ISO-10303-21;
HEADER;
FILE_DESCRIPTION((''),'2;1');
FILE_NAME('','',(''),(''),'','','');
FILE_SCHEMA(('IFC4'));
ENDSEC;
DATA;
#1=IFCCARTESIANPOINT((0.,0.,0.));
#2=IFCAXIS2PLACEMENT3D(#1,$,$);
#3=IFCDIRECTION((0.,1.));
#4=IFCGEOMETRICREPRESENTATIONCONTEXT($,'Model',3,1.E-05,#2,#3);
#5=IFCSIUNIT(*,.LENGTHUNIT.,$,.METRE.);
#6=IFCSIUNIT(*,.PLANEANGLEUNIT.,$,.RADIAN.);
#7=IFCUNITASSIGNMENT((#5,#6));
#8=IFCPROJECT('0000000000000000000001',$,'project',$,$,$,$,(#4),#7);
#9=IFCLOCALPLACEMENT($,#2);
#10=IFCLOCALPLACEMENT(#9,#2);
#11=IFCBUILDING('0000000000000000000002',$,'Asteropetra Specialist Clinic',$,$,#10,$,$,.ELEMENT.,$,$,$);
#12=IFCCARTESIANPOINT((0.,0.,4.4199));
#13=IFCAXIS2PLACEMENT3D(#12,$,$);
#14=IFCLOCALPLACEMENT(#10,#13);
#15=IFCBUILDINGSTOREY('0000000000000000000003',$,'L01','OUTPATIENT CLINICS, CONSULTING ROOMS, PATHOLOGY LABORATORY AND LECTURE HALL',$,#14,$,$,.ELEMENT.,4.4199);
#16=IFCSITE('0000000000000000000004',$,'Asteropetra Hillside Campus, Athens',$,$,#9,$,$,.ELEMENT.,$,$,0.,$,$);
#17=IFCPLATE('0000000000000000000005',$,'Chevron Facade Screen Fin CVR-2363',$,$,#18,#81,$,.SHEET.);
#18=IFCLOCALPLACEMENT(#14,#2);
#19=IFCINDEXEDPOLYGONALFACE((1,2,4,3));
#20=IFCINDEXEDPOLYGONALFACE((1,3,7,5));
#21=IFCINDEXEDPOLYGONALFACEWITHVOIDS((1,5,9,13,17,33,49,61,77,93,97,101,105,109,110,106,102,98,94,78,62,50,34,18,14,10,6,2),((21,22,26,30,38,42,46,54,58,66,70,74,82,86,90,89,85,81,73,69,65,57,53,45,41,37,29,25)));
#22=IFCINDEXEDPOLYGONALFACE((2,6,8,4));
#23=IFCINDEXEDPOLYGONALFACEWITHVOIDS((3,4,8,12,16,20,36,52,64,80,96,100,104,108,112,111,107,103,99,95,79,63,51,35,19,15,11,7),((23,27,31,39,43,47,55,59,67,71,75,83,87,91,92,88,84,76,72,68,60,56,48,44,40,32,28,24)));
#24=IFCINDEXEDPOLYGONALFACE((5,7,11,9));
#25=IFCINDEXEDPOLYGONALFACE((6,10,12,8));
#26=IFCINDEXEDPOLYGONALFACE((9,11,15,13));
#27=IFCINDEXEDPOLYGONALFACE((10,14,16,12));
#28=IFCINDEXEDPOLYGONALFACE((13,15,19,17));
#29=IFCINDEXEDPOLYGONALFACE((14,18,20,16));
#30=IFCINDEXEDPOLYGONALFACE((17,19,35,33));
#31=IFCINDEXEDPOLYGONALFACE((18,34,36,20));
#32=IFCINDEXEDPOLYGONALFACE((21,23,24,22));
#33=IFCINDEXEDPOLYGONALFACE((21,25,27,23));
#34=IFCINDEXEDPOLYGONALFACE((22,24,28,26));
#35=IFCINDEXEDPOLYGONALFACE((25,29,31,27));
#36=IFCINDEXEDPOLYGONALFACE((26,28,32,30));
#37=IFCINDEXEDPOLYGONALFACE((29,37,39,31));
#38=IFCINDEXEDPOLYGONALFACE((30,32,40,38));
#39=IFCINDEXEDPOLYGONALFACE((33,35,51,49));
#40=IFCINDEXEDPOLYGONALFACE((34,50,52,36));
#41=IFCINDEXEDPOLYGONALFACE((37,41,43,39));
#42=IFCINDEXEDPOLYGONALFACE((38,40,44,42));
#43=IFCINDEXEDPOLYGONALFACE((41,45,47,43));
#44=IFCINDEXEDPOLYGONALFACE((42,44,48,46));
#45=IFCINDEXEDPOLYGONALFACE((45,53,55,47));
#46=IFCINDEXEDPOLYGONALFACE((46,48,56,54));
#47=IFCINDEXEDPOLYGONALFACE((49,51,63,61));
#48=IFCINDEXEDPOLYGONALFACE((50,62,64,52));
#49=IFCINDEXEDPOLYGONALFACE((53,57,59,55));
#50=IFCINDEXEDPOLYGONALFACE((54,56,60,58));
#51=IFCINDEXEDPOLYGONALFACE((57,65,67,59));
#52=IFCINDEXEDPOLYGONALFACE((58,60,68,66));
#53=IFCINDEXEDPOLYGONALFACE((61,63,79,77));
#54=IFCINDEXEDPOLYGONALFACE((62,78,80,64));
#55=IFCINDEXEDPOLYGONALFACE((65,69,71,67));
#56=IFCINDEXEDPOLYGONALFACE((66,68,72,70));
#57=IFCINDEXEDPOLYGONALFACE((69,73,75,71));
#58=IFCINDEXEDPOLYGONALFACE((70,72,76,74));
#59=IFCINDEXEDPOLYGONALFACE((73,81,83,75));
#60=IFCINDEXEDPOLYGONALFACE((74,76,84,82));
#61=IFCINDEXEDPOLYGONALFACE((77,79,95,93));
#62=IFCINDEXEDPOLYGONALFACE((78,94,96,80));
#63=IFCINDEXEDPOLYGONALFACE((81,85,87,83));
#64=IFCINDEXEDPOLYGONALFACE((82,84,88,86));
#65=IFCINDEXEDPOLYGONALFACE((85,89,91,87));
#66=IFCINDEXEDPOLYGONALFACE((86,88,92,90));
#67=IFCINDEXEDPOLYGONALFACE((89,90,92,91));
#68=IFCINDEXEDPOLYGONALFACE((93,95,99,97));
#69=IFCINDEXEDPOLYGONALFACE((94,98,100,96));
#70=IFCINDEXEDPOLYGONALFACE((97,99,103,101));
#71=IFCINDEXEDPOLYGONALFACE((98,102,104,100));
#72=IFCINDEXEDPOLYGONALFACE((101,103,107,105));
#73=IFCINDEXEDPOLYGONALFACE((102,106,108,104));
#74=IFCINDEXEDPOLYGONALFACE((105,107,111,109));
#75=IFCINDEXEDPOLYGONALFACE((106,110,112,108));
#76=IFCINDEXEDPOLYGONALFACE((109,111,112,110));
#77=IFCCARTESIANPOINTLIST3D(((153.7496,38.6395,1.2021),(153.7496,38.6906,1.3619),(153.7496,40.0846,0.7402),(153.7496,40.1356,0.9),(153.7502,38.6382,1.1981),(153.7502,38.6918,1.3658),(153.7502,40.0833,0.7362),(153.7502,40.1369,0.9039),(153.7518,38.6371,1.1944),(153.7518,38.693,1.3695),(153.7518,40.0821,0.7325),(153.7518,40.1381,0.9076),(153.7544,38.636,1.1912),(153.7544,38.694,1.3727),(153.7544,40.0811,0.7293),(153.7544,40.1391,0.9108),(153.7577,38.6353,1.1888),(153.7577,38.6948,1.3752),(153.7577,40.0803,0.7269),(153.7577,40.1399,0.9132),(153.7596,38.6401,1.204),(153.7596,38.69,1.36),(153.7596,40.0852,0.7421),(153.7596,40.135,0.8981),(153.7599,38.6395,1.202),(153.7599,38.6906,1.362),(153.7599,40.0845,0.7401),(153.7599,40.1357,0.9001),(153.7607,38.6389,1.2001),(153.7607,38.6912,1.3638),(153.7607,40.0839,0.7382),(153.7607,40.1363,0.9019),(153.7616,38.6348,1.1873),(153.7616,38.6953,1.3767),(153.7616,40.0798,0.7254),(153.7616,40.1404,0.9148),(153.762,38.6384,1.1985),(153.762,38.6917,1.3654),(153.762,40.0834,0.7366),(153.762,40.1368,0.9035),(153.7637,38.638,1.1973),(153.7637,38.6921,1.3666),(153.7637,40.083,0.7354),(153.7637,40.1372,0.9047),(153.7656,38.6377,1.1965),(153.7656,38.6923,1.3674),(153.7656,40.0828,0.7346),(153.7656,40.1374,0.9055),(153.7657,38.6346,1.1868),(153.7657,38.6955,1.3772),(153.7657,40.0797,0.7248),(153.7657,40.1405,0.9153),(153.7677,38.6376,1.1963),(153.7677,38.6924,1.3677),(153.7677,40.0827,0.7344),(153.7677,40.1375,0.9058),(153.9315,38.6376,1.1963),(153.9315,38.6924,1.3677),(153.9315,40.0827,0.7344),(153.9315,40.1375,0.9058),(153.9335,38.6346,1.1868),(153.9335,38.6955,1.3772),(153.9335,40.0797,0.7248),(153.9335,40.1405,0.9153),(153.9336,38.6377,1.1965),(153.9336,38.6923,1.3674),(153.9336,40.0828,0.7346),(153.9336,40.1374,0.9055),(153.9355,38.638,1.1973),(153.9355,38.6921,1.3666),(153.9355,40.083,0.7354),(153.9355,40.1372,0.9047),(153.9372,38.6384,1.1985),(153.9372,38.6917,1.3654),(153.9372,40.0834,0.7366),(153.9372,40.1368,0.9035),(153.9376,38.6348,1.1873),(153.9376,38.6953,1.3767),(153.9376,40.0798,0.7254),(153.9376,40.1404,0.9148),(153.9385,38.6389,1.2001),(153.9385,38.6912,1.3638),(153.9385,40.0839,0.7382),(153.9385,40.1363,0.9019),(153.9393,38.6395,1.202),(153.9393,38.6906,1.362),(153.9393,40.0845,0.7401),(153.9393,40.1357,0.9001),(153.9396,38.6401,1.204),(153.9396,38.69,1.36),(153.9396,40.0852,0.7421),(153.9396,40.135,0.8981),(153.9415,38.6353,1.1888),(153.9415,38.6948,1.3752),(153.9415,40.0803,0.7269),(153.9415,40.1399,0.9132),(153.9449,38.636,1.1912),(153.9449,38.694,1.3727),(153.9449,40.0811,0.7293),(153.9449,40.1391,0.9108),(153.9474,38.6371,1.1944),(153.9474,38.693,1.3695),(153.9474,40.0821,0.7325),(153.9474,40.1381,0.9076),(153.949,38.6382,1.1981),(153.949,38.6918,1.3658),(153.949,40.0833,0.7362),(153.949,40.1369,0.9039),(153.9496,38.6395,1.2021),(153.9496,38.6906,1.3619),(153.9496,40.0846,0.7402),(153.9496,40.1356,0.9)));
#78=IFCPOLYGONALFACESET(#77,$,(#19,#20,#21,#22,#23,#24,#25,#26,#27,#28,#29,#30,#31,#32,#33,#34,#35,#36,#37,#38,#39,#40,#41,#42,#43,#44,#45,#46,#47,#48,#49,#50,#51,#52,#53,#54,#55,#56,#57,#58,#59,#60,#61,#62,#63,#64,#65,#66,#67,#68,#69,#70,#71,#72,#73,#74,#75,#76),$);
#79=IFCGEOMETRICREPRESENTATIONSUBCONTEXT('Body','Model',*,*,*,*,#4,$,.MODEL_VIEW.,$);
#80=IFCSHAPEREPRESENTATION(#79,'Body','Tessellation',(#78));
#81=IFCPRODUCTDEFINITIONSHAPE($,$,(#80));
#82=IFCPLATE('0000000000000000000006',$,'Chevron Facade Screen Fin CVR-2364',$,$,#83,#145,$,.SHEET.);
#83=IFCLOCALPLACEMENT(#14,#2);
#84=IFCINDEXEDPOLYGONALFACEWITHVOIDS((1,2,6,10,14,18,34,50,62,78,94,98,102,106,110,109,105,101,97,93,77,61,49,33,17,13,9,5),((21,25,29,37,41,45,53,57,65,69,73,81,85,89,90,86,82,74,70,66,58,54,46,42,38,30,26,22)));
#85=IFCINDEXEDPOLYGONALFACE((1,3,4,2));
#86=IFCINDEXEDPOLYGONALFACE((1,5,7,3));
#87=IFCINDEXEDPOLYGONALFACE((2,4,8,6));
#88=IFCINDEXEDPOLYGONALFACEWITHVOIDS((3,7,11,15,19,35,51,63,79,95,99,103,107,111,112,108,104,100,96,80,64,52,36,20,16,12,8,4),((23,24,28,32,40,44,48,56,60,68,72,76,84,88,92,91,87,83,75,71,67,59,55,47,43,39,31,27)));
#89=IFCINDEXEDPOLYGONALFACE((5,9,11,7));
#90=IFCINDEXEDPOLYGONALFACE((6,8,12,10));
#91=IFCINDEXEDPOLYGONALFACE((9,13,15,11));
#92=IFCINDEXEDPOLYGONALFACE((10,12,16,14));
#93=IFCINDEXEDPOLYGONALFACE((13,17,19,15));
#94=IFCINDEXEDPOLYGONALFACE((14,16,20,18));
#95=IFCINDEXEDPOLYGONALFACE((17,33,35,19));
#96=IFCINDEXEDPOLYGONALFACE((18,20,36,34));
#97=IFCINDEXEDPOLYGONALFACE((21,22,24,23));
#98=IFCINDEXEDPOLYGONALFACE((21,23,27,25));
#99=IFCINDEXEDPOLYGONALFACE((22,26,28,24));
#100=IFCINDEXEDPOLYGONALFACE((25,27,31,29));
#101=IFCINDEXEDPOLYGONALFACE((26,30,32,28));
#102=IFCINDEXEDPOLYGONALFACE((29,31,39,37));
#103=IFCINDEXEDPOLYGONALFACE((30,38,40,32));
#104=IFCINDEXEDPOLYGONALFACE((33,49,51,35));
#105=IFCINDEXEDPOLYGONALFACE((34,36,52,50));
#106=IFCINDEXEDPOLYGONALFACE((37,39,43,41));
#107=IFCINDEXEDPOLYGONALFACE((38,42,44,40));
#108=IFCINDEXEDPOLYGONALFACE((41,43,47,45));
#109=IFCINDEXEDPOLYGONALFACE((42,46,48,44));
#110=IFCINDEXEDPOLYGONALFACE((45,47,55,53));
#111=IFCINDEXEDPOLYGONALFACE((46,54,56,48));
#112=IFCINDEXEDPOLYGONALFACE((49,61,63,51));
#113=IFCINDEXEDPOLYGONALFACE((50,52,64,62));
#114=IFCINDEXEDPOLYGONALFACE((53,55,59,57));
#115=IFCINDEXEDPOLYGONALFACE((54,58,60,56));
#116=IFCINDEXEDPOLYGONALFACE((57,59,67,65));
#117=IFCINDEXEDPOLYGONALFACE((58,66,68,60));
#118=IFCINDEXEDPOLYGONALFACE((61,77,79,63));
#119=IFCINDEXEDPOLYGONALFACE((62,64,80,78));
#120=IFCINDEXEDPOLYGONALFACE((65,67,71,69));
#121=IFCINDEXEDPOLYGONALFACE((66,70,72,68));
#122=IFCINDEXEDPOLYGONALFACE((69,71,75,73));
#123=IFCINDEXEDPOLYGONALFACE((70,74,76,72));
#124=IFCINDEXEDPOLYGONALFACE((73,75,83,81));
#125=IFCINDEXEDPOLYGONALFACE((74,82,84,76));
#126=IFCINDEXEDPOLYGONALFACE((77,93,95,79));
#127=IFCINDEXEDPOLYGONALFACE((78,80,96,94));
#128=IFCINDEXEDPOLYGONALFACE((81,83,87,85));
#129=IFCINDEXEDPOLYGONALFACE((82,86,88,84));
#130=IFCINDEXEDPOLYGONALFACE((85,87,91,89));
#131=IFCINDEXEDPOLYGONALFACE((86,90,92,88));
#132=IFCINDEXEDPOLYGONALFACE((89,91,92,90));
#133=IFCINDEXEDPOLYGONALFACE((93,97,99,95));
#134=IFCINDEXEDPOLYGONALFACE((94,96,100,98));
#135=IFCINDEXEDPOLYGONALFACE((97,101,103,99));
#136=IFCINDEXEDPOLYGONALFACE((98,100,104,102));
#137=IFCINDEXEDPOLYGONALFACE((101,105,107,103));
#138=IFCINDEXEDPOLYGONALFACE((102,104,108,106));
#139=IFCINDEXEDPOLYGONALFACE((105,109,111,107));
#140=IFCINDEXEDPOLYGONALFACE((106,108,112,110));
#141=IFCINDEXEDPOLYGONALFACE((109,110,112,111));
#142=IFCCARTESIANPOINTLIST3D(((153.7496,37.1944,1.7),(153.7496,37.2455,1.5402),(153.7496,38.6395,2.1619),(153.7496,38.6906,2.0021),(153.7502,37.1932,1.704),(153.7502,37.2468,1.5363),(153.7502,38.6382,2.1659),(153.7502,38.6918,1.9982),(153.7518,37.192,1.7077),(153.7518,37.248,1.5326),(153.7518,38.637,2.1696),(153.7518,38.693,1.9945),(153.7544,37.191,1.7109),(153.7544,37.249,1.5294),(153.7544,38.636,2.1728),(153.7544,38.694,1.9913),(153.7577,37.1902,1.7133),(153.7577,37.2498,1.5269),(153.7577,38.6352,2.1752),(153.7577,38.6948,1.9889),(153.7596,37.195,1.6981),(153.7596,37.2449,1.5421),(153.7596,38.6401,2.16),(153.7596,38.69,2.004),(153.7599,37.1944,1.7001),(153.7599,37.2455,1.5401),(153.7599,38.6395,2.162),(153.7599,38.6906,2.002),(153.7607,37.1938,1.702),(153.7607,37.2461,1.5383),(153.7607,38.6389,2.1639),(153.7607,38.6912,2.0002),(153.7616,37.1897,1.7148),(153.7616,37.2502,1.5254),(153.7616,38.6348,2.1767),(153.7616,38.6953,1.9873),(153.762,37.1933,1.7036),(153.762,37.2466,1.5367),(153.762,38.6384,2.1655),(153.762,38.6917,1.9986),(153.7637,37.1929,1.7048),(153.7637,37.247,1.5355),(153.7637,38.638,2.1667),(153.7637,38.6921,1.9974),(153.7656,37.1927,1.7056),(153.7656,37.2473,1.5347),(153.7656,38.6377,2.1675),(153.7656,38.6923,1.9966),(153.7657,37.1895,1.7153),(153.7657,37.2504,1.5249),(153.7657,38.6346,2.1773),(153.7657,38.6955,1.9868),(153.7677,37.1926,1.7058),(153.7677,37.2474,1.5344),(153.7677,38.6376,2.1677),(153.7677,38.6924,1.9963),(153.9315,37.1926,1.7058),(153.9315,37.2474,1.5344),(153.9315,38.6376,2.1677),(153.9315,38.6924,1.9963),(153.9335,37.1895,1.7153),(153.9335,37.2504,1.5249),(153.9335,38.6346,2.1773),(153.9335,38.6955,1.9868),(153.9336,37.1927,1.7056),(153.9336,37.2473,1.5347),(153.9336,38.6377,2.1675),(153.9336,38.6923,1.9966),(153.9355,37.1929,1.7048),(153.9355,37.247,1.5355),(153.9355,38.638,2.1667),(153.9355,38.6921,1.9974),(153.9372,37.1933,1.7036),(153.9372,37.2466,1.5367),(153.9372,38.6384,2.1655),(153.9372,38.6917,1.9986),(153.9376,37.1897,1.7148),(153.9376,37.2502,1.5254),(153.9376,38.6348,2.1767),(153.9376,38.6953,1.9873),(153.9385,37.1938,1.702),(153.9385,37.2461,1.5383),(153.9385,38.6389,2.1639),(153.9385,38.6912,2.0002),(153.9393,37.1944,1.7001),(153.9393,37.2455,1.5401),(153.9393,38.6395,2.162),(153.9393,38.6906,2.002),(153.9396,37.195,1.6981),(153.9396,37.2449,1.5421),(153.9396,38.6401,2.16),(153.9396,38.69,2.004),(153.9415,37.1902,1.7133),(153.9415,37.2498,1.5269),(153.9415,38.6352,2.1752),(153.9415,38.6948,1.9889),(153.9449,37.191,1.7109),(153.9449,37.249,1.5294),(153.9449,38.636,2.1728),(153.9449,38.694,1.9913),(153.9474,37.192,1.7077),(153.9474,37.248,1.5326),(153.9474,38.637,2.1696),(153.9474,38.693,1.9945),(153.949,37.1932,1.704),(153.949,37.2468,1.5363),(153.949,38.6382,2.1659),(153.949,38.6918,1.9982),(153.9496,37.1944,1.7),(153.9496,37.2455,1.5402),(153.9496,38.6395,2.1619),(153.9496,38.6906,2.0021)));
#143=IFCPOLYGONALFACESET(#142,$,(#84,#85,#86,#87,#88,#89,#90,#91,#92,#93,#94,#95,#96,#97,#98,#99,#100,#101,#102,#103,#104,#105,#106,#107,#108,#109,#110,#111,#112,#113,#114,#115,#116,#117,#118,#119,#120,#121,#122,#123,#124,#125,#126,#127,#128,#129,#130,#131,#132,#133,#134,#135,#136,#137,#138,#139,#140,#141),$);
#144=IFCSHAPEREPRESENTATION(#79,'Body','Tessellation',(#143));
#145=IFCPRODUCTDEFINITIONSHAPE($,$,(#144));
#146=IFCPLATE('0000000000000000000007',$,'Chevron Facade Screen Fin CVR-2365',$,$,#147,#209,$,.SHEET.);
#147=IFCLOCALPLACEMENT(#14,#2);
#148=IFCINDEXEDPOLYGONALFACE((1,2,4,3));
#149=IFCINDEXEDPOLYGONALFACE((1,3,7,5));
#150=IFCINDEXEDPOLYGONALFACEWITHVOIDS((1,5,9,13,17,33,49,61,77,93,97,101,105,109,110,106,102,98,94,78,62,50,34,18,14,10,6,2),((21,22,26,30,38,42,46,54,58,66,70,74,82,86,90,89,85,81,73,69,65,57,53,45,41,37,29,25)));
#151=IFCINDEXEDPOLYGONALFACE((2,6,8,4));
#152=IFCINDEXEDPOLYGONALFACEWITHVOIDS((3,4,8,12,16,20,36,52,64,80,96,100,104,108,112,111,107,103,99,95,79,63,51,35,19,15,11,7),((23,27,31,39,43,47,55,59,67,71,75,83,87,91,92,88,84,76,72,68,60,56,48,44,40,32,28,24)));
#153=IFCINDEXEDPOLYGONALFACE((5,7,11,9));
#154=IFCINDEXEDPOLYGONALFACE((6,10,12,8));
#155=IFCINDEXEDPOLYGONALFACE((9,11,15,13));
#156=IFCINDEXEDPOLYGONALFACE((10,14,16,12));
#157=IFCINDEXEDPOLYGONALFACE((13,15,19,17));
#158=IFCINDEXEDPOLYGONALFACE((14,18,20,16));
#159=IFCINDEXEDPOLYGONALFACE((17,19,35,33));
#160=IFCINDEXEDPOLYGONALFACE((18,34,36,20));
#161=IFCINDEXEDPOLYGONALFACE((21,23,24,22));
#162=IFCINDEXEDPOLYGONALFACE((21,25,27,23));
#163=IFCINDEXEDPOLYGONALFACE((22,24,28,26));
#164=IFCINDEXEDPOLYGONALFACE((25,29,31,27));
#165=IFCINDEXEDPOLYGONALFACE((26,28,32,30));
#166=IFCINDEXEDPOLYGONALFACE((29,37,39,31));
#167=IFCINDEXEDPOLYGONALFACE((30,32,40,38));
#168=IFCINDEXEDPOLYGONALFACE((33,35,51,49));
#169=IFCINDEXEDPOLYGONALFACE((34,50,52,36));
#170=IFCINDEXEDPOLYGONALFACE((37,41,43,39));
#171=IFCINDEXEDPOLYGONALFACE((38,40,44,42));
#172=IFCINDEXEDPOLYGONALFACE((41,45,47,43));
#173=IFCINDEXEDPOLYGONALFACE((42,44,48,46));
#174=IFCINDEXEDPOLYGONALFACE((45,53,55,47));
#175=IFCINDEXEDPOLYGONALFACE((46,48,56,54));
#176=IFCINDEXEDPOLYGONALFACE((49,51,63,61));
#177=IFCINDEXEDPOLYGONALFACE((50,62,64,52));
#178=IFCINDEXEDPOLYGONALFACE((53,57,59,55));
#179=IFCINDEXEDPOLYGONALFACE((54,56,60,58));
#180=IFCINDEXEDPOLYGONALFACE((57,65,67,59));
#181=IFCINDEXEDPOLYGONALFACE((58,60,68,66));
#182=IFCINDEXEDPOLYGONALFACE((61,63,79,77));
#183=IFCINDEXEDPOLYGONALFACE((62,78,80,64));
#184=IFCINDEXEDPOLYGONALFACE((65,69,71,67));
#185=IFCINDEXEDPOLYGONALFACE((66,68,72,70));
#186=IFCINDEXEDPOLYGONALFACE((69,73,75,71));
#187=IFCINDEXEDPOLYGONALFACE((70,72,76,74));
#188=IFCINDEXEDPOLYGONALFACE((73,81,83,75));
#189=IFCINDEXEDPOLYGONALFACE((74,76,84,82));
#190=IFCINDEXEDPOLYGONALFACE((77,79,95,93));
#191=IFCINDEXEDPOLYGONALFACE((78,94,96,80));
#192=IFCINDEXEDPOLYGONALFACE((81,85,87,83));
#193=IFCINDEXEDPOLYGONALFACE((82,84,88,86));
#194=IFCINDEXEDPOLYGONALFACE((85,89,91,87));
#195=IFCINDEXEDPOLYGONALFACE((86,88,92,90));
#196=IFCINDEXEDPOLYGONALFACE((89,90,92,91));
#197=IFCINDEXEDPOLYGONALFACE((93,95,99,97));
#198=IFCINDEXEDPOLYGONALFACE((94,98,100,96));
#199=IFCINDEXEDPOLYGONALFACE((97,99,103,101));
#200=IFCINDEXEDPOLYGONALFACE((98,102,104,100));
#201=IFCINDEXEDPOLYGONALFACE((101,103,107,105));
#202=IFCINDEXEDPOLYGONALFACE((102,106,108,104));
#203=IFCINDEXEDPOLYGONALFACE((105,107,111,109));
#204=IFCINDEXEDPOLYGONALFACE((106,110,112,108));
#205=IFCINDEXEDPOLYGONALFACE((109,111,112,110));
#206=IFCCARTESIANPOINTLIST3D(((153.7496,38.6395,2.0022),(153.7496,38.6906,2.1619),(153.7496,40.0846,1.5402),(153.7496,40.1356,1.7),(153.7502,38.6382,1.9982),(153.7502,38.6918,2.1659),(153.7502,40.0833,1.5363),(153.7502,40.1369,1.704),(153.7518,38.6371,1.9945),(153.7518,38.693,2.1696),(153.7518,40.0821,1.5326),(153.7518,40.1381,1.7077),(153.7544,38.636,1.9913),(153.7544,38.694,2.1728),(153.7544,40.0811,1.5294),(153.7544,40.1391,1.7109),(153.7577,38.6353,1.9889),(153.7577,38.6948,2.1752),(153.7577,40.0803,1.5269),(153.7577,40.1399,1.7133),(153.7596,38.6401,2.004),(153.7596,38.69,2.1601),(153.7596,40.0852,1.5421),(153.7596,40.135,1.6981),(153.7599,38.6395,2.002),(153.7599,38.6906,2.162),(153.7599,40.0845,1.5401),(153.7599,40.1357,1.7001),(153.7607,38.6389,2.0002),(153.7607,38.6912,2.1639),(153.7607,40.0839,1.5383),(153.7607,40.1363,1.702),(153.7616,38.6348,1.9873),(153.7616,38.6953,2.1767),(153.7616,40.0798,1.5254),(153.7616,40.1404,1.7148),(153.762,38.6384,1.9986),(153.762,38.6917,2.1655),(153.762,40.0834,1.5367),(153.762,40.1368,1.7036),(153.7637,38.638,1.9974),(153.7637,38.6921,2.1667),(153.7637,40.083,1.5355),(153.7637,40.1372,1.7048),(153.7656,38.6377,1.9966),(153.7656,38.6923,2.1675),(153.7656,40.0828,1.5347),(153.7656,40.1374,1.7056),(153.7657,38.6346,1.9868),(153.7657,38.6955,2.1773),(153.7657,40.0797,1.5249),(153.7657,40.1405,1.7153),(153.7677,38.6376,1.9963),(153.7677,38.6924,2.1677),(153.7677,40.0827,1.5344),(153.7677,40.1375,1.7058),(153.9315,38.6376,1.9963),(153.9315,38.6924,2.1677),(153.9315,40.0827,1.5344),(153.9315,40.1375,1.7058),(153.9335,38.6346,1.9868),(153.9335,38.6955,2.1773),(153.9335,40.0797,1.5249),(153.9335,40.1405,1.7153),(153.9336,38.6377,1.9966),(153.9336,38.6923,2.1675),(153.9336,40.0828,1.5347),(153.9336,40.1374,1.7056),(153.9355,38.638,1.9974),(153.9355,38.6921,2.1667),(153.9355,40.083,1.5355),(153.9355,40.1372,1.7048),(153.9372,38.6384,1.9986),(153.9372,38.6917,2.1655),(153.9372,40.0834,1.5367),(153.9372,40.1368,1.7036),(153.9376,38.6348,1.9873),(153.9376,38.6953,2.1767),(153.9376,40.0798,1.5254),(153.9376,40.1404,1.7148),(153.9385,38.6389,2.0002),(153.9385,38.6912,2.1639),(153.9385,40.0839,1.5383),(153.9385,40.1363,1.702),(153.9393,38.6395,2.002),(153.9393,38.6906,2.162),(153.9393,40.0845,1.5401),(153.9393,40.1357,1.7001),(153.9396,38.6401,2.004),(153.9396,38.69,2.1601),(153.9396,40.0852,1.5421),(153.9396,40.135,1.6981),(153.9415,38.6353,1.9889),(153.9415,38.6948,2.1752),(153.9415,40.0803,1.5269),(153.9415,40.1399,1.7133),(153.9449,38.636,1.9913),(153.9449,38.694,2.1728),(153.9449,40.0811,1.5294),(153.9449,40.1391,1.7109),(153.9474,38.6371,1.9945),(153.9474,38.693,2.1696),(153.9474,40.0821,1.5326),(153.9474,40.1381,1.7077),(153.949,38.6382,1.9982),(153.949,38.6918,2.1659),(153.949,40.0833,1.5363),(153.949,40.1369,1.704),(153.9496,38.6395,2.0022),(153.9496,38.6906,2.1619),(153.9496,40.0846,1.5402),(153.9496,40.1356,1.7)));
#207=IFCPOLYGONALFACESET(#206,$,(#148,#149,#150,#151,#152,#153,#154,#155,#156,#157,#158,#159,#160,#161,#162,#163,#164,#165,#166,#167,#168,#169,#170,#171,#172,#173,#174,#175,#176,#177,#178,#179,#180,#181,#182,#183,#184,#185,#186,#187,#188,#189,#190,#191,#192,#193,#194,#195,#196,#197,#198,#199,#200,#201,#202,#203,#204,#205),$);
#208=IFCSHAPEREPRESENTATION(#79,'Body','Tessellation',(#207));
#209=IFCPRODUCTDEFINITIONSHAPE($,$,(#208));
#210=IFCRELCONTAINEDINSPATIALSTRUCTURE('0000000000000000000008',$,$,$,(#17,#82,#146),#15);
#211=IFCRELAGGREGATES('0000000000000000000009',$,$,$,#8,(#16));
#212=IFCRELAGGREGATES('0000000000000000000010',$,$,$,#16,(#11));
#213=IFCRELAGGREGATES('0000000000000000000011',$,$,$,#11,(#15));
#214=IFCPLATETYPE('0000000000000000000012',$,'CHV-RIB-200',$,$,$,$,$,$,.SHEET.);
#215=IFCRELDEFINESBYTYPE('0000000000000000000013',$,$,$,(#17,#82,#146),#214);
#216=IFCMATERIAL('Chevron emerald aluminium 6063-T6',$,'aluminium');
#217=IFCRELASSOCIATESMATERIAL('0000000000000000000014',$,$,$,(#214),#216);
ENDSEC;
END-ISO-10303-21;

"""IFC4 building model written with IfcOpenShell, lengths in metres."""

from ifc_helpers import new_model, si_unit, direction, frame, origin, origin_2d, place, context, subcontext, project, spatial, hollow_rectangle, extrude, material, material_profile, profile_set, type_object, element, save


model = new_model("IFC4")

# Units and contexts
model_context = context("Model", 3, precision=1e-05, world=origin(), true_north=direction((0.0, 1.0)))
body_context = subcontext(model_context, "Body", "Model", "MODEL_VIEW")
ifc_project = project(units=[si_unit("LENGTHUNIT", "METRE"), si_unit("PLANEANGLEUNIT", "RADIAN")], contexts=[model_context])

# Site, building, storey
site_placement = place(None, origin())
site = spatial("IfcSite", under=ifc_project, at=site_placement, Name="Asteropetra Hillside Campus, Athens", CompositionType="ELEMENT", RefElevation=0.0)
building_placement = place(site_placement, origin())
building = spatial("IfcBuilding", under=site, at=building_placement, Name="Asteropetra Specialist Clinic", CompositionType="ELEMENT")
storey_placement = place(building_placement, frame((0.0, 0.0, 4.4199)))
storey = spatial("IfcBuildingStorey", under=building, at=storey_placement, Name="L01", Description="OUTPATIENT CLINICS, CONSULTING ROOMS, PATHOLOGY LABORATORY AND LECTURE HALL", CompositionType="ELEMENT", Elevation=4.4199)

# Plates
ifc_material_1 = material(Name="Chevron emerald aluminium 6063-T6", Category="aluminium")
ifc_material_profile = material_profile(ifc_material_1, hollow_rectangle(XDim=0.2, YDim=0.2, WallThickness=0.01, InnerFilletRadius=0.0081, OuterFilletRadius=0.0161, at=origin_2d()), Name="SHS 200x200x10.0")
ifc_profile_set = profile_set([ifc_material_profile], Name="Chevron emerald aluminium 6063-T6")
plate_type = type_object("IfcPlateType", Name="CHV-RIB-200", PredefinedType="SHEET", material=ifc_profile_set)
for number, where, z_axis, x_axis, name in (
    (1, (153.8496, 38.665, 1.282), (0.0, 0.952521, -0.304472), (-1.0, 0.0, 0.0), "Chevron Facade Screen Fin CVR-2363"),
    (2, (153.8496, 37.22, 1.6201), (0.0, 0.952521, 0.304472), (-1.0, 0.0, 0.0), "Chevron Facade Screen Fin CVR-2364"),
    (3, (153.8496, 38.665, 2.082), (0.0, 0.952521, -0.304472), (-1.0, 0.0, 0.0), "Chevron Facade Screen Fin CVR-2365"),
):
    element("IfcPlate", number, at=place(storey_placement, frame(where, z_axis=z_axis, x_axis=x_axis)), inside=storey, type_object=plate_type, Name=name, PredefinedType="SHEET", context=body_context, shape_type="SweptSolid", body=[
        extrude(hollow_rectangle(XDim=0.2, YDim=0.2, WallThickness=0.01, InnerFilletRadius=0.0081, OuterFilletRadius=0.0161, at=origin_2d()), origin(), (0.0, 0.0, 1.0), 1.5171),
    ])

save(model, "model.ifc")
